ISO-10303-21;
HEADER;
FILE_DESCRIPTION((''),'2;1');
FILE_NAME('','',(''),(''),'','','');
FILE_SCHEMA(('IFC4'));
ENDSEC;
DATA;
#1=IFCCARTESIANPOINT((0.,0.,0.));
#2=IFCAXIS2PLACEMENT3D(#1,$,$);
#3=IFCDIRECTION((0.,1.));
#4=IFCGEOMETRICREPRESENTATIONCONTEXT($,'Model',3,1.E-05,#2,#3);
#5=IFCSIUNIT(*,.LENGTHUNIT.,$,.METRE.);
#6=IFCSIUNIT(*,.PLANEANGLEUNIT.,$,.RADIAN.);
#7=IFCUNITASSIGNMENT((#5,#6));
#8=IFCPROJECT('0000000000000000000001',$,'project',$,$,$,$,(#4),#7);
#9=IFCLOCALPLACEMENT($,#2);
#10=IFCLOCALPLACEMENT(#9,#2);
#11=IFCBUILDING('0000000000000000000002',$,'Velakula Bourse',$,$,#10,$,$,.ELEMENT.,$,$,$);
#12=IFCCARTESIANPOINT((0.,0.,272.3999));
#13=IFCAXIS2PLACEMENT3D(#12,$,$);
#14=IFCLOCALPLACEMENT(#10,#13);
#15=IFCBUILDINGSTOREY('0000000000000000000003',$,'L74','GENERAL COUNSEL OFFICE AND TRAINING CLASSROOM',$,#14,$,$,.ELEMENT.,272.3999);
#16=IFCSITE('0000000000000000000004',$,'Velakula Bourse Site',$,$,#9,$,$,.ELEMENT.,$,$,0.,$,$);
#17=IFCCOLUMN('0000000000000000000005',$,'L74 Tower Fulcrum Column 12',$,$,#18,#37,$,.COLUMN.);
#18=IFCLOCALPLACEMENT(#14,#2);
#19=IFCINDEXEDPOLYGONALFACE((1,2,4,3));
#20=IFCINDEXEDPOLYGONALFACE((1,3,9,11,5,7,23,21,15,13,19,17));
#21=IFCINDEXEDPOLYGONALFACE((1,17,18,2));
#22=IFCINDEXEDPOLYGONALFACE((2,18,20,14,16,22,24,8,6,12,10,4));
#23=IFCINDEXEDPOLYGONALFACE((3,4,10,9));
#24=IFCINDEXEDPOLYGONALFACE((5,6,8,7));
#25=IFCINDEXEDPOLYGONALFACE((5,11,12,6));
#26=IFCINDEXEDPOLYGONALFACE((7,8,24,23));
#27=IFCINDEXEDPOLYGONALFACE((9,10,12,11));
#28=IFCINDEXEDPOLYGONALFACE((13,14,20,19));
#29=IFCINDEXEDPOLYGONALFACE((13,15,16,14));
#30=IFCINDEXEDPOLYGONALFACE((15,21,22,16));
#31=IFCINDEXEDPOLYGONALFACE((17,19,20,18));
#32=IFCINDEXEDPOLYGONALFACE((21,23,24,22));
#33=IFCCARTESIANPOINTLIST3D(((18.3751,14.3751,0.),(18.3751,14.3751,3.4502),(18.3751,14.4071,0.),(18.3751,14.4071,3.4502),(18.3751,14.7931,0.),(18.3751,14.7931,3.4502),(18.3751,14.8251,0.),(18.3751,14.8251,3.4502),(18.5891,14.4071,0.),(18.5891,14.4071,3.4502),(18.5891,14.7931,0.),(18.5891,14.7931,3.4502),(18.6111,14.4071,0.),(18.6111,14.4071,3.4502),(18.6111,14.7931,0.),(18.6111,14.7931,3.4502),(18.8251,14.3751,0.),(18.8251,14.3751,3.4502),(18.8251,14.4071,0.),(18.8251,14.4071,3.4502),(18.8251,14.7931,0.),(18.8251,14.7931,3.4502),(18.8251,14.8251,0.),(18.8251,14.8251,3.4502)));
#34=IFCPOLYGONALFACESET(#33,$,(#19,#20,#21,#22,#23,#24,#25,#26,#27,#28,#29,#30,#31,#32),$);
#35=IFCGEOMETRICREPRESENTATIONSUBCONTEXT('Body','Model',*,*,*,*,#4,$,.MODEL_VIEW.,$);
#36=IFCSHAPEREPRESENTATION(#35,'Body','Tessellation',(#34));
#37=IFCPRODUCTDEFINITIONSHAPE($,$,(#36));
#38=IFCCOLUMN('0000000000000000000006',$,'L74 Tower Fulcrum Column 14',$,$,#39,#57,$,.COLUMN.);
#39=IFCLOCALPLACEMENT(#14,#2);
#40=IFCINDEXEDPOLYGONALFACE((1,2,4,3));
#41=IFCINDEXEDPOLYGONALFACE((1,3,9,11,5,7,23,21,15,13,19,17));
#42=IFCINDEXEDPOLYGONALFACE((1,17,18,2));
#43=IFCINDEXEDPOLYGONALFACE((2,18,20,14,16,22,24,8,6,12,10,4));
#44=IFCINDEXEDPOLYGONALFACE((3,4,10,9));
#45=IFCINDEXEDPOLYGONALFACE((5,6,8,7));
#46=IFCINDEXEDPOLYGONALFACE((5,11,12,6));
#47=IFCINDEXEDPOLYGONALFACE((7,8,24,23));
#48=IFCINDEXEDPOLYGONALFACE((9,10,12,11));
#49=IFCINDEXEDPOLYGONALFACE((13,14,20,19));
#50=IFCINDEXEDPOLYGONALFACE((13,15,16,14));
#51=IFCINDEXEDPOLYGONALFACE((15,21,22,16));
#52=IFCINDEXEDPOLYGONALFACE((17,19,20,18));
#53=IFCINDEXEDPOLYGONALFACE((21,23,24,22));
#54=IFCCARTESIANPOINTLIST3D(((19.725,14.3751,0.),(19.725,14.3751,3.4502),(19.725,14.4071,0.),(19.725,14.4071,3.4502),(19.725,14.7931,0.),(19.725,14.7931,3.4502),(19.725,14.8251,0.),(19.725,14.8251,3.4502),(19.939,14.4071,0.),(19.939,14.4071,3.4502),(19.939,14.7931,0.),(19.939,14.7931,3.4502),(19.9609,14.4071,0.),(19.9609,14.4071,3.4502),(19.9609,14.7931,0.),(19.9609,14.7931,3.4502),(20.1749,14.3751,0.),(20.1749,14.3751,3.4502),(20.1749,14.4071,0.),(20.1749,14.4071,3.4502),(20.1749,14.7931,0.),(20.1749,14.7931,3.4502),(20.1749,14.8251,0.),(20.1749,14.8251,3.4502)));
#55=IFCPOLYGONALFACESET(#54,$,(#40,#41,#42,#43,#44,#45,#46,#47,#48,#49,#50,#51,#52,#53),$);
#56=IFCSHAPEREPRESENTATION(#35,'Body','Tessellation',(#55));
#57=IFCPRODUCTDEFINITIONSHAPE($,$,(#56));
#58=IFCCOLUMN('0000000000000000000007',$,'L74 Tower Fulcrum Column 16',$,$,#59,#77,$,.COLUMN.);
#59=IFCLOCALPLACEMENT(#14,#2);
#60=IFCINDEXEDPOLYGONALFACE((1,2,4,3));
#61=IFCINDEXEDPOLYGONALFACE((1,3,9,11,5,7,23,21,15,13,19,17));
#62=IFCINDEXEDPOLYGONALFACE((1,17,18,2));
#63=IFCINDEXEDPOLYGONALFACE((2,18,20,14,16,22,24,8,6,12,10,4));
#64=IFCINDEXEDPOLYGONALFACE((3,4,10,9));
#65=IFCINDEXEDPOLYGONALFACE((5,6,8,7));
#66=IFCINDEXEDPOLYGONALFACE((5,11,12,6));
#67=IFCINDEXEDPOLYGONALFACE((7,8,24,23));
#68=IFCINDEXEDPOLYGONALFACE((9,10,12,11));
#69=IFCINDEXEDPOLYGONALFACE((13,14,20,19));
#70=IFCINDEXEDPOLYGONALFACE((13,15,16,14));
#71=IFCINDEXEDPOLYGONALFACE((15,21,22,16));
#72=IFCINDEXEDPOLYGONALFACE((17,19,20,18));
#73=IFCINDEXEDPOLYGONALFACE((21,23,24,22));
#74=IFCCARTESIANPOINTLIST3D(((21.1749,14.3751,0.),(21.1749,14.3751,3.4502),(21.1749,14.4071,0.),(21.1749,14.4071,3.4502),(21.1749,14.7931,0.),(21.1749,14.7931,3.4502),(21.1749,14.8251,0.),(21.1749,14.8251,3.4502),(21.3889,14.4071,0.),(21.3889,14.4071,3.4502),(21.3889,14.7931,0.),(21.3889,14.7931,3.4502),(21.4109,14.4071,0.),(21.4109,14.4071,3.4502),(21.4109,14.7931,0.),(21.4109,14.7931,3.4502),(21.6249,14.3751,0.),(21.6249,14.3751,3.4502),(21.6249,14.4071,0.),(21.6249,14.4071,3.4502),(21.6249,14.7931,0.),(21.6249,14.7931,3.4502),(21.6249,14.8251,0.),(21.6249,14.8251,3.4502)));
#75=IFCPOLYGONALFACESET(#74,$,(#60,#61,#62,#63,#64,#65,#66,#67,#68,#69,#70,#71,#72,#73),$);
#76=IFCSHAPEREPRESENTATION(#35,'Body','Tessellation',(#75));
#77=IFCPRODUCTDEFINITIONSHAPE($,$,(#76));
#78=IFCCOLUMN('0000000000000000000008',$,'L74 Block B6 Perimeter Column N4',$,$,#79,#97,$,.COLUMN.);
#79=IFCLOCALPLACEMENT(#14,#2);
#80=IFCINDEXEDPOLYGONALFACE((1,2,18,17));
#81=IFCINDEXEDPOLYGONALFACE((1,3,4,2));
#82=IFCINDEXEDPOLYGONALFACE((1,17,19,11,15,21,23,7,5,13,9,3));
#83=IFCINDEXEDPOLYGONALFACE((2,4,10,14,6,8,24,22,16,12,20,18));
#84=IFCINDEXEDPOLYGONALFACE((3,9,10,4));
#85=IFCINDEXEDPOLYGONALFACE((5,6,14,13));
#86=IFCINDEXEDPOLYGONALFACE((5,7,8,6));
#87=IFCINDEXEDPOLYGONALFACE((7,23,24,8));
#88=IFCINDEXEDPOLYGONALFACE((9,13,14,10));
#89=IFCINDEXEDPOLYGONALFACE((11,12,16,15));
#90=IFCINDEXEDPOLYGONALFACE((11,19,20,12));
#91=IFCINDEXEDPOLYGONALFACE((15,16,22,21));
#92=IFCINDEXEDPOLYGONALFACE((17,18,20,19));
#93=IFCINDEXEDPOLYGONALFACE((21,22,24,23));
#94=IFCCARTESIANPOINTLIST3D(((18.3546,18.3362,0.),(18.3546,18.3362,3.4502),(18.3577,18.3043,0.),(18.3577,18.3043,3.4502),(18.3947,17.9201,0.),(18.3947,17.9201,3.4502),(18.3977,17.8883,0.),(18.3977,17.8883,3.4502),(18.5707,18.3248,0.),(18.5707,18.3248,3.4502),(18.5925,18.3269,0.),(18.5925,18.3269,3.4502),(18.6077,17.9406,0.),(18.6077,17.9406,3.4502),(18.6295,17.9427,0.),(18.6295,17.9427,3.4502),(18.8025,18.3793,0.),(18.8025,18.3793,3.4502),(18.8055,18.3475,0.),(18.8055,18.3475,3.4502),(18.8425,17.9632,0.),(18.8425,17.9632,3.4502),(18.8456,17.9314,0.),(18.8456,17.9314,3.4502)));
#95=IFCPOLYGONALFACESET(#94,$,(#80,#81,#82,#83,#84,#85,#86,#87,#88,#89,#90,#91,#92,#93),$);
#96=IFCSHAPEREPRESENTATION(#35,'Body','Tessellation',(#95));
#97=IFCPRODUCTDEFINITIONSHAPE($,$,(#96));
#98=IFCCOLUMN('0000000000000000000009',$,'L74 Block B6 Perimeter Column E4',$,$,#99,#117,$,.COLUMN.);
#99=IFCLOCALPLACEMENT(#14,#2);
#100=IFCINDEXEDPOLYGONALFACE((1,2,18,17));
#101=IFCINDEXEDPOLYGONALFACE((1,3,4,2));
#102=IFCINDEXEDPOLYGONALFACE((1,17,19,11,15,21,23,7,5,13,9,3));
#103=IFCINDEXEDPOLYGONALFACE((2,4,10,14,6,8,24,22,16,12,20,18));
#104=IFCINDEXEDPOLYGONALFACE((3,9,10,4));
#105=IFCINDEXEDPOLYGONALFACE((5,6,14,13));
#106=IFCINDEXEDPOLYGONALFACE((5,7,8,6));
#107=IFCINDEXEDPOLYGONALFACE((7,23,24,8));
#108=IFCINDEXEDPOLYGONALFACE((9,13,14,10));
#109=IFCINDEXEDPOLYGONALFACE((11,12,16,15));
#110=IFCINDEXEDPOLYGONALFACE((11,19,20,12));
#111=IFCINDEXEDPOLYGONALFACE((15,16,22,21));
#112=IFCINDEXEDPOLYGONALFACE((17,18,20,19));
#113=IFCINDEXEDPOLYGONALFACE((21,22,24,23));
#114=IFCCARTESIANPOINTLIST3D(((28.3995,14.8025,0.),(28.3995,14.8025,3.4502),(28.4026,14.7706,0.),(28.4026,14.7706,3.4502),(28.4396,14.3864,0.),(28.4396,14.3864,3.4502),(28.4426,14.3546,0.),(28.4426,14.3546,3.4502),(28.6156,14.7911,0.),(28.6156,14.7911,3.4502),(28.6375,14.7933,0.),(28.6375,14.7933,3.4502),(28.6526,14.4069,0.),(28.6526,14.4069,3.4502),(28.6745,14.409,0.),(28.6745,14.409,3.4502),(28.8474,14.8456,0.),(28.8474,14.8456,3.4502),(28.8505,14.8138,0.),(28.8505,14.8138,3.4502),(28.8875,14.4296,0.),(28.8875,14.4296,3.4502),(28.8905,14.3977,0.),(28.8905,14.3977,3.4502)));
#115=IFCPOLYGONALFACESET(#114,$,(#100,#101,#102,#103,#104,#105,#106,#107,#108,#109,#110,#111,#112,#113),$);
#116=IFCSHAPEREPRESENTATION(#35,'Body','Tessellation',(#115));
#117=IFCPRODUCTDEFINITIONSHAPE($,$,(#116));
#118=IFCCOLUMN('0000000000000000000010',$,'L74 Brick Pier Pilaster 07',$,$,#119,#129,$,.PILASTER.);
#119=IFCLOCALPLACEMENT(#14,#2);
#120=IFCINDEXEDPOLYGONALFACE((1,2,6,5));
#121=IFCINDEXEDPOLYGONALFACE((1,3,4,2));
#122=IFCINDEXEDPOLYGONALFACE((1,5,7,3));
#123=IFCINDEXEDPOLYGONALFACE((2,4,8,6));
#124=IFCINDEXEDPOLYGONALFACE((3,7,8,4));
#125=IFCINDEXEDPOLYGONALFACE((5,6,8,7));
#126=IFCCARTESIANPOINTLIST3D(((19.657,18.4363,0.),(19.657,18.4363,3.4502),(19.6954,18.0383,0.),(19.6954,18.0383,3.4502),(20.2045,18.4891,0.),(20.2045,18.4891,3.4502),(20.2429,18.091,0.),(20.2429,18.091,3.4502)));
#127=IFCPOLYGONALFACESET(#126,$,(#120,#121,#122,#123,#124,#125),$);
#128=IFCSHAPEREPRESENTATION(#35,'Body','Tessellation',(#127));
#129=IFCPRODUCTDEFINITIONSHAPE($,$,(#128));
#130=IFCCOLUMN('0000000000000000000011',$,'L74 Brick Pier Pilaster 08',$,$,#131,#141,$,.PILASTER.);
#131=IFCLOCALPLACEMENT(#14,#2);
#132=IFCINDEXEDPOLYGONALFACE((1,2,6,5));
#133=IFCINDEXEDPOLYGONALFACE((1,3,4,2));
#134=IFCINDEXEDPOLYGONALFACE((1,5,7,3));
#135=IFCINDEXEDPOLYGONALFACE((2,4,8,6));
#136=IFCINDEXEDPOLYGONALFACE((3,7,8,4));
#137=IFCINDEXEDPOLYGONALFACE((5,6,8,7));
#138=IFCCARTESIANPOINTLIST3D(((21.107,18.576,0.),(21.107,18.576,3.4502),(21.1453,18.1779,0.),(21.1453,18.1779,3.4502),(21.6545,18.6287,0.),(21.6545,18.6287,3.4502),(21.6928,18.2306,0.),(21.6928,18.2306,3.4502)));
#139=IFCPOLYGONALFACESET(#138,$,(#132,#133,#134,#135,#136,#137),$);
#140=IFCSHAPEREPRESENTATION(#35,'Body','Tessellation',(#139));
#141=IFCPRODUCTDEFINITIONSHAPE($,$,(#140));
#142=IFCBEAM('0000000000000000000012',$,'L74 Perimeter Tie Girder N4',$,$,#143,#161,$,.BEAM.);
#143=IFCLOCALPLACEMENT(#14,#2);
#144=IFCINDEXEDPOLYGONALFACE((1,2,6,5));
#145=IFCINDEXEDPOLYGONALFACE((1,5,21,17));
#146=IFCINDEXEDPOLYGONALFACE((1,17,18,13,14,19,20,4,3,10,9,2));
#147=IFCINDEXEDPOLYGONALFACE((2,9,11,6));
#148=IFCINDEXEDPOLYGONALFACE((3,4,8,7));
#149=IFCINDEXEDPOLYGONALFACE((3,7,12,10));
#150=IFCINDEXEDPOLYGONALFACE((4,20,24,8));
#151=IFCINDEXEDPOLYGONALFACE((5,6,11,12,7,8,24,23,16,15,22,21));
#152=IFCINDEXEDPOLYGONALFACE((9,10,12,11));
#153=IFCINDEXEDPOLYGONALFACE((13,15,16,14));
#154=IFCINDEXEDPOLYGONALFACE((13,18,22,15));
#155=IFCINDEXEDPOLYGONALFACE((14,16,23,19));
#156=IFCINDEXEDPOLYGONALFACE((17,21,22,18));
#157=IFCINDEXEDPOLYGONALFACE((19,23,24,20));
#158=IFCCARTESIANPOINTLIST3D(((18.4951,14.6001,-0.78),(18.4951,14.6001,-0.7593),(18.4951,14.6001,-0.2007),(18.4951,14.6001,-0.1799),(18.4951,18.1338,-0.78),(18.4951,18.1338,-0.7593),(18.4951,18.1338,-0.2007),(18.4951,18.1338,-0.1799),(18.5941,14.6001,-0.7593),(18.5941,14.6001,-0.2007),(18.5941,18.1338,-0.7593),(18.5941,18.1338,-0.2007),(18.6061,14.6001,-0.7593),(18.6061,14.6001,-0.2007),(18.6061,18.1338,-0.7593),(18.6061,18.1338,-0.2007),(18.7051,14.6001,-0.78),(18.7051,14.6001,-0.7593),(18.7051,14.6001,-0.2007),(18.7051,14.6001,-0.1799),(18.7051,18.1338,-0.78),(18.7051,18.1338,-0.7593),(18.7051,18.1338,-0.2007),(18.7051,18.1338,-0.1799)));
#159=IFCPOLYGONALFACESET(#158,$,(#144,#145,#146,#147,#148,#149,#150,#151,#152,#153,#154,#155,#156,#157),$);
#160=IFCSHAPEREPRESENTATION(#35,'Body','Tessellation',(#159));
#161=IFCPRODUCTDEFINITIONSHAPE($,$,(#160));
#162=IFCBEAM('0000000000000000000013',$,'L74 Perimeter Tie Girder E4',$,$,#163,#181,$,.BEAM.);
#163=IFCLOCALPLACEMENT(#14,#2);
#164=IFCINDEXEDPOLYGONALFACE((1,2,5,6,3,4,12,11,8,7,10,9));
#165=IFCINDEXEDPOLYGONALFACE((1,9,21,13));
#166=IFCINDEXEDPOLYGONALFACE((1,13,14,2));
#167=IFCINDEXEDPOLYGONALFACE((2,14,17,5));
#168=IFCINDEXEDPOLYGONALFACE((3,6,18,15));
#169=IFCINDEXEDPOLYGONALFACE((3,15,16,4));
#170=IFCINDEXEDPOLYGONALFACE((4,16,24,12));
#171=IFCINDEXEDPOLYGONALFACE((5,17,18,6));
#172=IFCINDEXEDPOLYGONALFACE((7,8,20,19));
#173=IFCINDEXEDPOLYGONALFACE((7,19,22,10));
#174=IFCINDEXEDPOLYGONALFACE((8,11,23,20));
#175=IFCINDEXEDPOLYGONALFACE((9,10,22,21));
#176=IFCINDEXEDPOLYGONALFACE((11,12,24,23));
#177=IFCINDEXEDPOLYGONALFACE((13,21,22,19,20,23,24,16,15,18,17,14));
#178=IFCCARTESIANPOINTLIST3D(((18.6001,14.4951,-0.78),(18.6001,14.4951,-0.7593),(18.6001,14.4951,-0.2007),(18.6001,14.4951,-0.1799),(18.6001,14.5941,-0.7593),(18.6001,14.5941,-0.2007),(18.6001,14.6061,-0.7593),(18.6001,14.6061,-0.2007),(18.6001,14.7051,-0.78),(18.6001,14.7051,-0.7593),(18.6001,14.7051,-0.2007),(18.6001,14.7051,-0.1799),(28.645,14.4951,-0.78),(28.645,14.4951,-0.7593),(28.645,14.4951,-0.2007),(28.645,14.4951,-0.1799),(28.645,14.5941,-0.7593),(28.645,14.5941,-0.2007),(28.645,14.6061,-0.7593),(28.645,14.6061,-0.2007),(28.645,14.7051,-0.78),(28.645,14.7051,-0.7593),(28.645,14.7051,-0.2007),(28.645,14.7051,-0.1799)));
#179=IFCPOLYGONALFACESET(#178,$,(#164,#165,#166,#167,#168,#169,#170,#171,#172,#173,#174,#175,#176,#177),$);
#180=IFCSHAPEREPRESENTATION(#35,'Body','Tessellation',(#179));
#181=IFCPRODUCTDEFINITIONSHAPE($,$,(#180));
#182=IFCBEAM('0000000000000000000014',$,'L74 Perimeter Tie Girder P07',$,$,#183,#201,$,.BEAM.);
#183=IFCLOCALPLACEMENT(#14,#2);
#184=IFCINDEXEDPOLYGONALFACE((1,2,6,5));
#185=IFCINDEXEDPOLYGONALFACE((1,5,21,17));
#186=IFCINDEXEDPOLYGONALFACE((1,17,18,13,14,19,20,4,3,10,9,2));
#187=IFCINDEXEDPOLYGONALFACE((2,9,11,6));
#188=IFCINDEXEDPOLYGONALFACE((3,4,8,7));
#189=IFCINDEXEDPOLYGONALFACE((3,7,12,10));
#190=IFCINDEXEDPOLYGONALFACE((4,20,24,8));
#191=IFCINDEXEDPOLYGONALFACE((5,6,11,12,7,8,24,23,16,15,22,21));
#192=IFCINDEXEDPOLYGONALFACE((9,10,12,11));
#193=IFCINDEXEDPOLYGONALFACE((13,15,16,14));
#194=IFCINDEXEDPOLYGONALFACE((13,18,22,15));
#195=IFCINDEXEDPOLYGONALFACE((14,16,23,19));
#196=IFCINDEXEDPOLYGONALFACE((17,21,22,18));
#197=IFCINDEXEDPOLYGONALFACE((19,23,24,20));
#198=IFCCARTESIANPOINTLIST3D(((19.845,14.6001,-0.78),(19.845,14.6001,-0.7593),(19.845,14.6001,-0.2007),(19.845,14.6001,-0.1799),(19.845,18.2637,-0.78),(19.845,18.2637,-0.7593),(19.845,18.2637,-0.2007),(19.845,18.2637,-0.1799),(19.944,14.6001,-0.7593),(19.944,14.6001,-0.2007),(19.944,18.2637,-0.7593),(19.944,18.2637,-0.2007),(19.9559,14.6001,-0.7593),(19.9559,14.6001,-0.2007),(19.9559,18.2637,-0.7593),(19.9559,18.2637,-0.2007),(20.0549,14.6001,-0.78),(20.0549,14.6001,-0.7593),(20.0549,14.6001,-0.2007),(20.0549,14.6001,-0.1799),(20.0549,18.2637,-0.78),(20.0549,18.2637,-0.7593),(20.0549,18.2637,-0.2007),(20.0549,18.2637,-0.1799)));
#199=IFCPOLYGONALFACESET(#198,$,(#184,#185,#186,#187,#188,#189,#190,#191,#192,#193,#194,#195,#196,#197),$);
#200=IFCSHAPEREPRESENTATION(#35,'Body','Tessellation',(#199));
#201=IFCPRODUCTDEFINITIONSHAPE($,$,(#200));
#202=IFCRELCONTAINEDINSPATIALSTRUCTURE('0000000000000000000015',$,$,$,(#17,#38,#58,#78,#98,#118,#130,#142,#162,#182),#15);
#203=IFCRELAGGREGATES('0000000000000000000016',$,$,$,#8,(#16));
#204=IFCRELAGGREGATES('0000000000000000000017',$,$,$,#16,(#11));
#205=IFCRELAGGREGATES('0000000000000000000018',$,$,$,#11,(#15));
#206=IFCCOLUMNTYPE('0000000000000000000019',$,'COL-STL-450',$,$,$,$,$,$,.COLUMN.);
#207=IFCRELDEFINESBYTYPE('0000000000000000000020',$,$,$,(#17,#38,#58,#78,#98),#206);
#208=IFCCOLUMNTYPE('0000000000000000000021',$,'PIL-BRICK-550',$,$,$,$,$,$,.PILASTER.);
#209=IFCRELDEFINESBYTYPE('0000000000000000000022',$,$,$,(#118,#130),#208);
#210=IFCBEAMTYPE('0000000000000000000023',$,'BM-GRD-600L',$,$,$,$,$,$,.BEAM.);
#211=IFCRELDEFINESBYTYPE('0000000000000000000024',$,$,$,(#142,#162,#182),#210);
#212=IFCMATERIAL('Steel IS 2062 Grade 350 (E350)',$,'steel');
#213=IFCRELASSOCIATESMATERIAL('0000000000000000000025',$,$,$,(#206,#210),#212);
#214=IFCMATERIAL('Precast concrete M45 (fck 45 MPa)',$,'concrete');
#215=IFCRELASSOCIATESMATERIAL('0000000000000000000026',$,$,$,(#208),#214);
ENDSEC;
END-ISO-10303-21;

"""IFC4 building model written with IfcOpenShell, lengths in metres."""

from ifc_helpers import new_model, si_unit, direction, frame, origin, origin_2d, place, context, subcontext, project, spatial, rectangle, i_section, extrude, material, material_profile, profile_set, type_object, element, save


model = new_model("IFC4")

# Units and contexts
model_context = context("Model", 3, precision=1e-05, world=origin(), true_north=direction((0.0, 1.0)))
body_context = subcontext(model_context, "Body", "Model", "MODEL_VIEW")
ifc_project = project(units=[si_unit("LENGTHUNIT", "METRE"), si_unit("PLANEANGLEUNIT", "RADIAN")], contexts=[model_context])

# Site, building, storey
site_placement = place(None, origin())
site = spatial("IfcSite", under=ifc_project, at=site_placement, Name="Velakula Bourse Site", CompositionType="ELEMENT", RefElevation=0.0)
building_placement = place(site_placement, origin())
building = spatial("IfcBuilding", under=site, at=building_placement, Name="Velakula Bourse", CompositionType="ELEMENT")
storey_placement = place(building_placement, frame((0.0, 0.0, 272.3999)))
storey = spatial("IfcBuildingStorey", under=building, at=storey_placement, Name="L74", Description="GENERAL COUNSEL OFFICE AND TRAINING CLASSROOM", CompositionType="ELEMENT", Elevation=272.3999)

# Columns
ifc_material_1 = material(Name="Steel IS 2062 Grade 350 (E350)", Category="steel")
ifc_material_profile_1 = material_profile(ifc_material_1, i_section(OverallWidth=0.45, OverallDepth=0.45, WebThickness=0.022, FlangeThickness=0.032, at=origin_2d()), Name="Steel IS 2062 Grade 350 (E350)")
ifc_profile_set_1 = profile_set([ifc_material_profile_1], Name="Steel IS 2062 Grade 350 (E350)")
column_type_1 = type_object("IfcColumnType", Name="COL-STL-450", PredefinedType="COLUMN", material=ifc_profile_set_1)
for number, where, z_axis, x_axis, name in (
    (1, (18.6001, 14.6001, 0.0), (0.0, 0.0, 1.0), (1.0, 0.0, 0.0), "L74 Tower Fulcrum Column 12"),
    (2, (19.95, 14.6001, 0.0), (0.0, 0.0, 1.0), (1.0, 0.0, 0.0), "L74 Tower Fulcrum Column 14"),
    (3, (21.3999, 14.6001, 0.0), (0.0, 0.0, 1.0), (1.0, 0.0, 0.0), "L74 Tower Fulcrum Column 16"),
    (4, (18.6001, 18.1338, 0.0), (0.0, 0.0, 1.0), (0.995396, 0.095846, 0.0), "L74 Block B6 Perimeter Column N4"),
    (5, (28.645, 14.6001, 0.0), (0.0, 0.0, 1.0), (0.995396, 0.095846, 0.0), "L74 Block B6 Perimeter Column E4"),
):
    element("IfcColumn", number, at=place(storey_placement, frame(where, z_axis=z_axis, x_axis=x_axis)), inside=storey, type_object=column_type_1, Name=name, PredefinedType="COLUMN", context=body_context, shape_type="SweptSolid", body=[
        extrude(i_section(OverallWidth=0.45, OverallDepth=0.45, WebThickness=0.022, FlangeThickness=0.032, at=origin_2d()), origin(), (0.0, 0.0, 1.0), 3.4502),
    ])
ifc_material_2 = material(Name="Precast concrete M45 (fck 45 MPa)", Category="concrete")
ifc_material_profile_2 = material_profile(ifc_material_2, rectangle(XDim=0.55, YDim=0.3999, at=origin_2d()), Name="Precast concrete M45 (fck 45 MPa)")
ifc_profile_set_2 = profile_set([ifc_material_profile_2], Name="Precast concrete M45 (fck 45 MPa)")
column_type_2 = type_object("IfcColumnType", Name="PIL-BRICK-550", PredefinedType="PILASTER", material=ifc_profile_set_2)
for number, where, z_axis, x_axis, name in (
    (6, (19.95, 18.2637, 0.0), (0.0, 0.0, 1.0), (0.995396, 0.095846, 0.0), "L74 Brick Pier Pilaster 07"),
    (7, (21.3999, 18.4033, 0.0), (0.0, 0.0, 1.0), (0.995396, 0.095846, 0.0), "L74 Brick Pier Pilaster 08"),
):
    element("IfcColumn", number, at=place(storey_placement, frame(where, z_axis=z_axis, x_axis=x_axis)), inside=storey, type_object=column_type_2, Name=name, PredefinedType="PILASTER", context=body_context, shape_type="SweptSolid", body=[
        extrude(rectangle(XDim=0.55, YDim=0.3999, at=origin_2d()), origin(), (0.0, 0.0, 1.0), 3.4502),
    ])

# Beams
ifc_material_profile_3 = material_profile(ifc_material_1, i_section(OverallWidth=0.21, OverallDepth=0.6001, WebThickness=0.012, FlangeThickness=0.0208, at=origin_2d()), Name="Steel IS 2062 Grade 350 (E350)")
ifc_profile_set_3 = profile_set([ifc_material_profile_3], Name="Steel IS 2062 Grade 350 (E350)")
beam_type_1 = type_object("IfcBeamType", Name="BM-GRD-600L", PredefinedType="BEAM", material=ifc_profile_set_3)
beam_1_placement = place(storey_placement, frame((18.6001, 14.6001, -0.48), z_axis=(0.0, 1.0, 0.0), x_axis=(-1.0, 0.0, 0.0)))
element("IfcBeam", 8, at=beam_1_placement, inside=storey, type_object=beam_type_1, Name="L74 Perimeter Tie Girder N4", PredefinedType="BEAM", context=body_context, shape_type="SweptSolid", body=[
    extrude(i_section(OverallWidth=0.21, OverallDepth=0.6001, WebThickness=0.012, FlangeThickness=0.0208, at=origin_2d()), origin(), (0.0, 0.0, 1.0), 3.5337),
])
beam_2_placement = place(storey_placement, frame((18.6001, 14.6001, -0.48), z_axis=(1.0, 0.0, 0.0), x_axis=(0.0, 1.0, 0.0)))
element("IfcBeam", 9, at=beam_2_placement, inside=storey, type_object=beam_type_1, Name="L74 Perimeter Tie Girder E4", PredefinedType="BEAM", context=body_context, shape_type="SweptSolid", body=[
    extrude(i_section(OverallWidth=0.21, OverallDepth=0.6001, WebThickness=0.012, FlangeThickness=0.0208, at=origin_2d()), origin(), (0.0, 0.0, 1.0), 10.0449),
])
beam_3_placement = place(storey_placement, frame((19.95, 14.6001, -0.48), z_axis=(0.0, 1.0, 0.0), x_axis=(-1.0, 0.0, 0.0)))
element("IfcBeam", 10, at=beam_3_placement, inside=storey, type_object=beam_type_1, Name="L74 Perimeter Tie Girder P07", PredefinedType="BEAM", context=body_context, shape_type="SweptSolid", body=[
    extrude(i_section(OverallWidth=0.21, OverallDepth=0.6001, WebThickness=0.012, FlangeThickness=0.0208, at=origin_2d()), origin(), (0.0, 0.0, 1.0), 3.6636),
])

save(model, "model.ifc")
